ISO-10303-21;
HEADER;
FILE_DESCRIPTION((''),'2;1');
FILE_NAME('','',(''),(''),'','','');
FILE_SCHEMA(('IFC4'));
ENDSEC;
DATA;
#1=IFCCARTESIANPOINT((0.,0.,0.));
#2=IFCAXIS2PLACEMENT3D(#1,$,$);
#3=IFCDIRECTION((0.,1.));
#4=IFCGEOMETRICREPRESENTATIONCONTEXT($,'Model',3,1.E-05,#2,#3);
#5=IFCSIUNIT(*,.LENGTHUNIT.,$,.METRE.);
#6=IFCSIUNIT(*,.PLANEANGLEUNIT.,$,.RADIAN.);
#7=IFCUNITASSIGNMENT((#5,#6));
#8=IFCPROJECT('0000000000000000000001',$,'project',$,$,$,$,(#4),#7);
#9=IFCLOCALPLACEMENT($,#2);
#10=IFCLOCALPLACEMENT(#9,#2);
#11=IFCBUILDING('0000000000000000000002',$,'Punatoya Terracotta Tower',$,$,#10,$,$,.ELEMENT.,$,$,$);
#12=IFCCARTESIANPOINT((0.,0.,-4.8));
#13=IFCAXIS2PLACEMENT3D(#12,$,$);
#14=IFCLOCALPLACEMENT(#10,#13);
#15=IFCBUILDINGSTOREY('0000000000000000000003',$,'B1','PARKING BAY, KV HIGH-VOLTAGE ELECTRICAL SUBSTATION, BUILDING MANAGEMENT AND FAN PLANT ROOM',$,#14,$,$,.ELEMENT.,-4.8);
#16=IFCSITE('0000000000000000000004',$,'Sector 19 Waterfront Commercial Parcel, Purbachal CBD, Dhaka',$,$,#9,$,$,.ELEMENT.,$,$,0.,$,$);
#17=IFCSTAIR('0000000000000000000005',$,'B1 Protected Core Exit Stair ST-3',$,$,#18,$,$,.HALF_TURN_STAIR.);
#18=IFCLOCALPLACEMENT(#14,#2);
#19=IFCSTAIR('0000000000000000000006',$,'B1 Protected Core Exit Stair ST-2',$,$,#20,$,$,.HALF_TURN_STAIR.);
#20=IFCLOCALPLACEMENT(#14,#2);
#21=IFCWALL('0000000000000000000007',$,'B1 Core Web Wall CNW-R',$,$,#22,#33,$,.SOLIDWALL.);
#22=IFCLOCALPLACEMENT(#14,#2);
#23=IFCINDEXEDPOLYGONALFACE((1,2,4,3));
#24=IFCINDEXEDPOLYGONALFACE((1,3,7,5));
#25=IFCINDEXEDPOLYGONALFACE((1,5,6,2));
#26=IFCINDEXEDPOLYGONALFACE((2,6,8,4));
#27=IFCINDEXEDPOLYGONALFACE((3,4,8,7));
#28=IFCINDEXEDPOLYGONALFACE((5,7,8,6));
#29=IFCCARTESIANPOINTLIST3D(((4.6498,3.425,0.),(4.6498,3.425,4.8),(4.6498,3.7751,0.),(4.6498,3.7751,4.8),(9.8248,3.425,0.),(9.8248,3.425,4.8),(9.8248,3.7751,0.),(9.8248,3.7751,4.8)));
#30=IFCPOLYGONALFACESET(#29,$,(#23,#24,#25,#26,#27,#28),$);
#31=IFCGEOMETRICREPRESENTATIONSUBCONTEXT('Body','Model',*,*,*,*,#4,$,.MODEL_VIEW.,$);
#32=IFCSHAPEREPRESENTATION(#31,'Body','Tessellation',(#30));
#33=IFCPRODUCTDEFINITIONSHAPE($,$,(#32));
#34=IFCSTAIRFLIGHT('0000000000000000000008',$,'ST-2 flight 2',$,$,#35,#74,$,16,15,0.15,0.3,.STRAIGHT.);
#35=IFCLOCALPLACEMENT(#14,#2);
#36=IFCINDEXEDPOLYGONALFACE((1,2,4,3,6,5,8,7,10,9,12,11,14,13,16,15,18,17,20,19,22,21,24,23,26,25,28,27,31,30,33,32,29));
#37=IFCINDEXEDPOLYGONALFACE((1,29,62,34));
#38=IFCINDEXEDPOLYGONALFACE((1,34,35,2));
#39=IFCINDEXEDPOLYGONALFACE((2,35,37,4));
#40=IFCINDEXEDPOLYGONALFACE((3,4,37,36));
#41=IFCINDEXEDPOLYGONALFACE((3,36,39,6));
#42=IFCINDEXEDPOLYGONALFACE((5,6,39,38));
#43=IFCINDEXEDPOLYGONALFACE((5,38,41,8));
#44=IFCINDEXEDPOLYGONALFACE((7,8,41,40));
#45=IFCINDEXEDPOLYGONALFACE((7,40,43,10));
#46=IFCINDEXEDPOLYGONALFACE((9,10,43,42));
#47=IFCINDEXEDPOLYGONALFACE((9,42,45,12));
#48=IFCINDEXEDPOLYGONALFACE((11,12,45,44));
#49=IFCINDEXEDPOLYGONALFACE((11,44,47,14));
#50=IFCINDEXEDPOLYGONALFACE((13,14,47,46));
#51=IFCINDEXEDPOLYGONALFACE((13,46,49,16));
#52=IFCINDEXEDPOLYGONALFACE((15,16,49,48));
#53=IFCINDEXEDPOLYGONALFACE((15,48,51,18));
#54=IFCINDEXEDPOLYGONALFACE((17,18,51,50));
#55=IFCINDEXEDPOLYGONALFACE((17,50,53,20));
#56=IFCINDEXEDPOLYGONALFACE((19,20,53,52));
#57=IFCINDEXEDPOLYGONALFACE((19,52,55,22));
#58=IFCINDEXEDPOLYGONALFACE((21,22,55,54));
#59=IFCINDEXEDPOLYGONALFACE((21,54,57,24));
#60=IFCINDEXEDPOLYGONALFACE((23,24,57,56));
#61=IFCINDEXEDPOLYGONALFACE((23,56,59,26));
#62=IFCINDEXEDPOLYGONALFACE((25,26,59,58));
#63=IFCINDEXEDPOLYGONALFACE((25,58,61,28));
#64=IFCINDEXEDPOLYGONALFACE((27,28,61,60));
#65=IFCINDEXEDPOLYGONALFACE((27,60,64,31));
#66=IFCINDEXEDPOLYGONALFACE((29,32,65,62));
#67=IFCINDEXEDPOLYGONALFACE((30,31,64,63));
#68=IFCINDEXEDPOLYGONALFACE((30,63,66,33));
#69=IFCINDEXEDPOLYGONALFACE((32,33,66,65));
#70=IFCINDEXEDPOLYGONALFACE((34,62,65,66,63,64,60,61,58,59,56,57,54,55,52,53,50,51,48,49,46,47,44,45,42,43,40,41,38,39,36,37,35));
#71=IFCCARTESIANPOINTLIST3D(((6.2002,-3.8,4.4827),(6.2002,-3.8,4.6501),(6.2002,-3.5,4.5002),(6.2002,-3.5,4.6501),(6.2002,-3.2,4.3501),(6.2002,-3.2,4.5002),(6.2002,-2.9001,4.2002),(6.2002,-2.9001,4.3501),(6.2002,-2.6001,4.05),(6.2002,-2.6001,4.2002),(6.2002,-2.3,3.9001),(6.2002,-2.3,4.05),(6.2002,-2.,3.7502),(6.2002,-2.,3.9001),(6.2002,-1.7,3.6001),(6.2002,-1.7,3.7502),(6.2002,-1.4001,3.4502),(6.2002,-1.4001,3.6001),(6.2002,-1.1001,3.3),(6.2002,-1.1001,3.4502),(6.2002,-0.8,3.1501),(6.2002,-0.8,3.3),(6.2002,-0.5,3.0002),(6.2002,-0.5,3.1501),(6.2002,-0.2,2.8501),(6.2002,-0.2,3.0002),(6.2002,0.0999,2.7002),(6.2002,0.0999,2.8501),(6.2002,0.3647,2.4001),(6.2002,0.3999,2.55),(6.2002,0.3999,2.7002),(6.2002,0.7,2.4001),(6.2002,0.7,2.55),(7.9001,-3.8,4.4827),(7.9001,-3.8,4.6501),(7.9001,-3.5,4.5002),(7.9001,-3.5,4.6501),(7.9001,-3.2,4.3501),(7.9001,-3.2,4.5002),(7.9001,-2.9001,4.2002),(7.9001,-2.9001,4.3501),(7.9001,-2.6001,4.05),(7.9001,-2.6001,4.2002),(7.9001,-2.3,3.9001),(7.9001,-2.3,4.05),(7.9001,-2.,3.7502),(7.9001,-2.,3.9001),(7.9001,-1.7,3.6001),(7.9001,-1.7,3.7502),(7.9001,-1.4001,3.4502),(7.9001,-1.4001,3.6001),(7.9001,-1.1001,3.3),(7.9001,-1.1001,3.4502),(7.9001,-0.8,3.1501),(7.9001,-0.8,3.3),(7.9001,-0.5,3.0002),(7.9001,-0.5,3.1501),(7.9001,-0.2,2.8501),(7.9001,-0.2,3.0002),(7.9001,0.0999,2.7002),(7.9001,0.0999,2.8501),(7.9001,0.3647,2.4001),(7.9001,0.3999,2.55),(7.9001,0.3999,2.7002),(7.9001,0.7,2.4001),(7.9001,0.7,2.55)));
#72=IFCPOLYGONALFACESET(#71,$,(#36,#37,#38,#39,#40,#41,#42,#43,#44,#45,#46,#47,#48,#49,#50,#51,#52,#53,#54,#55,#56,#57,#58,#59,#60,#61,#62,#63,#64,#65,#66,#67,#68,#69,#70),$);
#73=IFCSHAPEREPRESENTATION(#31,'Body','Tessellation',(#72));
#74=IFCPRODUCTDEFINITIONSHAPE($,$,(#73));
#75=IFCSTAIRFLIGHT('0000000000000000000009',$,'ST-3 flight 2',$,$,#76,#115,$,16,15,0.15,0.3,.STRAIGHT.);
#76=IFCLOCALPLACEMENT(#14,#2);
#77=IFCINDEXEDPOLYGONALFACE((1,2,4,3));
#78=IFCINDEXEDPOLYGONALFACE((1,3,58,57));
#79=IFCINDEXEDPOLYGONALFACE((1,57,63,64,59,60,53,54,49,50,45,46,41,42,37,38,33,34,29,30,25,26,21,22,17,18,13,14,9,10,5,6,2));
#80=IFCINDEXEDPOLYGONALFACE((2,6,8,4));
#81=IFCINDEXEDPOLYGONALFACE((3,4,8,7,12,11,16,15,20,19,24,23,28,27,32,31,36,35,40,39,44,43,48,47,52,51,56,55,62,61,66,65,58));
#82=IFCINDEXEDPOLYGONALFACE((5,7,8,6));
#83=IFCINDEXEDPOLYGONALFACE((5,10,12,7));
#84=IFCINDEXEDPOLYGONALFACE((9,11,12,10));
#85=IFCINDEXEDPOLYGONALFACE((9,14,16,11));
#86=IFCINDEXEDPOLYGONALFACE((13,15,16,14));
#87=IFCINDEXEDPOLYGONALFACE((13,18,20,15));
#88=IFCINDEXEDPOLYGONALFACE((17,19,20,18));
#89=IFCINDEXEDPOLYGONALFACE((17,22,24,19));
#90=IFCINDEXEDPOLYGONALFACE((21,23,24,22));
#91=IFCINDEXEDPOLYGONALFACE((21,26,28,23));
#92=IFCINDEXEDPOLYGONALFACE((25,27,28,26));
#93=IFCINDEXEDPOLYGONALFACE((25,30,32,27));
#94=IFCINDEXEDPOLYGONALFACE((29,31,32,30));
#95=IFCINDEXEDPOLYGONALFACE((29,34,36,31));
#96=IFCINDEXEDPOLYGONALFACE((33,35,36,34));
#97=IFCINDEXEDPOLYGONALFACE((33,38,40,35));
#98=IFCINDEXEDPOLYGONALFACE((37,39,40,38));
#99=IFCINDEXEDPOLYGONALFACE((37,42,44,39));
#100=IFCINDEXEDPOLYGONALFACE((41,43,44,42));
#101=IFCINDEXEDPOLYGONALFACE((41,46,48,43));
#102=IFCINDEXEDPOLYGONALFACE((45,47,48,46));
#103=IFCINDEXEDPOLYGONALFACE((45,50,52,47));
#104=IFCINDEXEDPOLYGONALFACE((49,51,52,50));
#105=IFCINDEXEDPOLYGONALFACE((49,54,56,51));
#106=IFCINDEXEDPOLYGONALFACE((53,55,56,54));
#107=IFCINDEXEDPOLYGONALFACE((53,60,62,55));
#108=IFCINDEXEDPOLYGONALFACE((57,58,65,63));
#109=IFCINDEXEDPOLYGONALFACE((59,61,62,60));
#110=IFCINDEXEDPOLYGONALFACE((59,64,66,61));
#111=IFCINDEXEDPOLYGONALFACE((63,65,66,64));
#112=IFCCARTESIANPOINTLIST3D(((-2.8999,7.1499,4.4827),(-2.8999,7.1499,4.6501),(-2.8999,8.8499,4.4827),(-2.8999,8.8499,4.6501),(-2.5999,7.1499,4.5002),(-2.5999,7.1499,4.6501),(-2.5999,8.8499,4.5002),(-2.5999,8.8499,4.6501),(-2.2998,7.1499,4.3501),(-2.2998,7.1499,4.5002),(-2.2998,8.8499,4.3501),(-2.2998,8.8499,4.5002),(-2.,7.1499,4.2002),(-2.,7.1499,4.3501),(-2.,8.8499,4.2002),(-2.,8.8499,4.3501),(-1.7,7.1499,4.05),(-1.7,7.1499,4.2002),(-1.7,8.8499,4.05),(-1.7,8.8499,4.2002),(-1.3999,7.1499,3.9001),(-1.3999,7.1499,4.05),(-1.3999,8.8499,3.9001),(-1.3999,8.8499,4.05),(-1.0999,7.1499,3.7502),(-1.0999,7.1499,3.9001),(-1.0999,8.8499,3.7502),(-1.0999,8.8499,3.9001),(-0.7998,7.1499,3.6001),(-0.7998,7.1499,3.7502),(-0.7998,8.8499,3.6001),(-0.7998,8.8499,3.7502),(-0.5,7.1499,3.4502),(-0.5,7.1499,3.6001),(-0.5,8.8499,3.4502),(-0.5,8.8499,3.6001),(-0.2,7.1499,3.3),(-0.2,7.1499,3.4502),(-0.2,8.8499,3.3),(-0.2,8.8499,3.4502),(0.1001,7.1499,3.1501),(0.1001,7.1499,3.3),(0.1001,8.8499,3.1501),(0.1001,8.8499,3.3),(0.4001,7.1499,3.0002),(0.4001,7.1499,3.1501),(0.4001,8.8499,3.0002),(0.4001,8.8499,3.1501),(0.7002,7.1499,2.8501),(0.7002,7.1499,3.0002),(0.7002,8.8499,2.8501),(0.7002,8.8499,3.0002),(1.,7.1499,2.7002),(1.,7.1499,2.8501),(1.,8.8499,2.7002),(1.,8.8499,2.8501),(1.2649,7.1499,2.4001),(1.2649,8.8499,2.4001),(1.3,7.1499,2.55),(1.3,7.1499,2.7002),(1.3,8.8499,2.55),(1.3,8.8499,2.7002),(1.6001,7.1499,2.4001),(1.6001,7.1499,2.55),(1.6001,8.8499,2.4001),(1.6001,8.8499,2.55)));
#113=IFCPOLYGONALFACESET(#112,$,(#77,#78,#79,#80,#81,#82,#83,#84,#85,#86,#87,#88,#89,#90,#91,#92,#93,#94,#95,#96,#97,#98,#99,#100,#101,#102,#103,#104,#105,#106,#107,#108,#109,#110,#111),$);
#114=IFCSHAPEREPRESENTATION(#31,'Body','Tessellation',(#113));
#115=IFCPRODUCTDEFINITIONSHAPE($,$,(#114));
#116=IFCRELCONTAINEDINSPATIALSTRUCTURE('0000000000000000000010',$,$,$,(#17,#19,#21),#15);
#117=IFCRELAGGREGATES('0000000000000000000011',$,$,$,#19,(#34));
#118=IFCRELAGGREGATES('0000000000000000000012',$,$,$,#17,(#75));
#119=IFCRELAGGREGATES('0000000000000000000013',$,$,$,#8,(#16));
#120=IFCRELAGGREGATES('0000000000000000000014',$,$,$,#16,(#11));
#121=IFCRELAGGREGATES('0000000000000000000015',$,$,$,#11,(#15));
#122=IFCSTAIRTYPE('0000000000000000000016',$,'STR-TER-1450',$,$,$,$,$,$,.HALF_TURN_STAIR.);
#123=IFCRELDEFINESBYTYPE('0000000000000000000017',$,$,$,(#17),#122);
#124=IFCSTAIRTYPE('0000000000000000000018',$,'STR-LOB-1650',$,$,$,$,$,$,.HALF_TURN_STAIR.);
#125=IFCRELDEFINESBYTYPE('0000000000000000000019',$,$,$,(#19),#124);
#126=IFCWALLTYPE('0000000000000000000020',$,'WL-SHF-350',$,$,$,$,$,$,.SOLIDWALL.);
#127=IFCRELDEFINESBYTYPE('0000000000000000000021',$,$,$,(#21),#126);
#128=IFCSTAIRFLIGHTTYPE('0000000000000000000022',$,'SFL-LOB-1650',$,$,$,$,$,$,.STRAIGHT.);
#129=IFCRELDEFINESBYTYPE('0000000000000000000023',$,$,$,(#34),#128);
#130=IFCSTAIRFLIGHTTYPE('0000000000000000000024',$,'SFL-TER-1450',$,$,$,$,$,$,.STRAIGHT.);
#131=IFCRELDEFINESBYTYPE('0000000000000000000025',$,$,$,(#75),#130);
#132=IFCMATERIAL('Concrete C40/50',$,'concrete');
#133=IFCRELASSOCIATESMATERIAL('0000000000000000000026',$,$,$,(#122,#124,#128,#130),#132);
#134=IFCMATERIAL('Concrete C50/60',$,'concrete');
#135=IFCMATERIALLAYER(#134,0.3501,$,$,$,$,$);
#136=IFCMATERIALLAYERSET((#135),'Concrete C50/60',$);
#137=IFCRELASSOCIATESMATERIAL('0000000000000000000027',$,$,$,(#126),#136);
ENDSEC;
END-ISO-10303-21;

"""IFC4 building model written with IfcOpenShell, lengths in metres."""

from ifc_helpers import new_model, si_unit, direction, frame, frame_2d, origin, place, context, subcontext, project, spatial, polyline, rectangle, outline, extrude, material, layer, layer_set, type_object, element, aggregate, save


model = new_model("IFC4")

# Units and contexts
model_context = context("Model", 3, precision=1e-05, world=origin(), true_north=direction((0.0, 1.0)))
body_context = subcontext(model_context, "Body", "Model", "MODEL_VIEW")
ifc_project = project(units=[si_unit("LENGTHUNIT", "METRE"), si_unit("PLANEANGLEUNIT", "RADIAN")], contexts=[model_context])

# Site, building, storey
site_placement = place(None, origin())
site = spatial("IfcSite", under=ifc_project, at=site_placement, Name="Sector 19 Waterfront Commercial Parcel, Purbachal CBD, Dhaka", CompositionType="ELEMENT", RefElevation=0.0)
building_placement = place(site_placement, origin())
building = spatial("IfcBuilding", under=site, at=building_placement, Name="Punatoya Terracotta Tower", CompositionType="ELEMENT")
storey_placement = place(building_placement, frame((0.0, 0.0, -4.8)))
storey = spatial("IfcBuildingStorey", under=building, at=storey_placement, Name="B1", Description="PARKING BAY, KV HIGH-VOLTAGE ELECTRICAL SUBSTATION, BUILDING MANAGEMENT AND FAN PLANT ROOM", CompositionType="ELEMENT", Elevation=-4.8)

# Shared definitions
ifc_material_1 = material(Name="Concrete C50/60", Category="concrete")

# Stairs
ifc_material_2 = material(Name="Concrete C40/50", Category="concrete")
stair_type_1 = type_object("IfcStairType", Name="STR-TER-1450", PredefinedType="HALF_TURN_STAIR", material=ifc_material_2)
stair_1_placement = place(storey_placement, origin())
stair_1 = element("IfcStair", 1, at=stair_1_placement, inside=storey, type_object=stair_type_1, Name="B1 Protected Core Exit Stair ST-3", PredefinedType="HALF_TURN_STAIR")
stair_type_2 = type_object("IfcStairType", Name="STR-LOB-1650", PredefinedType="HALF_TURN_STAIR", material=ifc_material_2)
stair_2_placement = place(storey_placement, origin())
stair_2 = element("IfcStair", 2, at=stair_2_placement, inside=storey, type_object=stair_type_2, Name="B1 Protected Core Exit Stair ST-2", PredefinedType="HALF_TURN_STAIR")

# Wall
ifc_layer_1 = layer(ifc_material_1, 0.3501)
ifc_layer_set_1 = layer_set([ifc_layer_1], Name="Concrete C50/60")
wall_type_1 = type_object("IfcWallType", Name="WL-SHF-350", PredefinedType="SOLIDWALL", material=ifc_layer_set_1)
wall_1_placement = place(storey_placement, frame((4.6499, 3.6001, 0.0), z_axis=(0.0, 0.0, 1.0), x_axis=(1.0, 0.0, 0.0)))
element("IfcWall", 3, at=wall_1_placement, inside=storey, type_object=wall_type_1, Name="B1 Core Web Wall CNW-R", PredefinedType="SOLIDWALL", context=body_context, shape_type="SweptSolid", body=[
    extrude(rectangle(XDim=5.175, YDim=0.3501, at=frame_2d((2.5874, 0.0))), origin(), (0.0, 0.0, 1.0), 4.8),
])

# Stair flights
stair_flight_type_1 = type_object("IfcStairFlightType", Name="SFL-LOB-1650", PredefinedType="STRAIGHT", material=ifc_material_2)
stair_flight_1_placement = place(storey_placement, frame((7.05, 0.7, 2.4001), z_axis=(0.0, 0.0, 1.0), x_axis=(0.0, -1.0, 0.0)))
stair_flight_1 = element("IfcStairFlight", 4, at=stair_flight_1_placement, type_object=stair_flight_type_1, Name="ST-2 flight 2", NumberOfRisers=16, NumberOfTreads=15, PredefinedType="STRAIGHT", RiserHeight=0.15, TreadLength=0.3, context=body_context, shape_type="SweptSolid", body=[
    extrude(outline(polyline([(0.0, 0.0), (0.0, 0.1499), (0.3, 0.1499), (0.3, 0.3), (0.6001, 0.3), (0.6001, 0.45), (0.8999, 0.45), (0.8999, 0.6001), (1.2, 0.6001), (1.2, 0.75), (1.5, 0.75), (1.5, 0.8999), (1.8, 0.8999), (1.8, 1.05), (2.1001, 1.05), (2.1001, 1.2), (2.3999, 1.2), (2.3999, 1.3501), (2.7, 1.3501), (2.7, 1.5), (3.0, 1.5), (3.0, 1.6499), (3.3, 1.6499), (3.3, 1.8), (3.6001, 1.8), (3.6001, 1.95), (3.8999, 1.95), (3.8999, 2.1001), (4.2, 2.1001), (4.2, 2.25), (4.5, 2.25), (4.5, 2.3999), (4.5, 2.0825), (0.3352, 0.0), (0.0, 0.0)])), frame((0.0, 0.8501, 0.0), z_axis=(0.0, -1.0, 0.0), x_axis=(1.0, 0.0, 0.0)), (0.0, 0.0, 1.0), 1.7),
])
aggregate(stair_2, [stair_flight_1])
stair_flight_type_2 = type_object("IfcStairFlightType", Name="SFL-TER-1450", PredefinedType="STRAIGHT", material=ifc_material_2)
stair_flight_2_placement = place(storey_placement, frame((1.6001, 8.0, 2.4001), z_axis=(0.0, 0.0, 1.0), x_axis=(-1.0, 0.0, 0.0)))
stair_flight_2 = element("IfcStairFlight", 5, at=stair_flight_2_placement, type_object=stair_flight_type_2, Name="ST-3 flight 2", NumberOfRisers=16, NumberOfTreads=15, PredefinedType="STRAIGHT", RiserHeight=0.15, TreadLength=0.3, context=body_context, shape_type="SweptSolid", body=[
    extrude(outline(polyline([(0.0, 0.0), (0.0, 0.1499), (0.3, 0.1499), (0.3, 0.3), (0.6001, 0.3), (0.6001, 0.45), (0.8999, 0.45), (0.8999, 0.6001), (1.2, 0.6001), (1.2, 0.75), (1.5, 0.75), (1.5, 0.8999), (1.8, 0.8999), (1.8, 1.05), (2.1001, 1.05), (2.1001, 1.2), (2.3999, 1.2), (2.3999, 1.3501), (2.7, 1.3501), (2.7, 1.5), (3.0, 1.5), (3.0, 1.6499), (3.3, 1.6499), (3.3, 1.8), (3.6001, 1.8), (3.6001, 1.95), (3.8999, 1.95), (3.8999, 2.1001), (4.2, 2.1001), (4.2, 2.25), (4.5, 2.25), (4.5, 2.3999), (4.5, 2.0825), (0.3352, 0.0), (0.0, 0.0)])), frame((0.0, 0.8501, 0.0), z_axis=(0.0, -1.0, 0.0), x_axis=(1.0, 0.0, 0.0)), (0.0, 0.0, 1.0), 1.7),
])
aggregate(stair_1, [stair_flight_2])

save(model, "model.ifc")
